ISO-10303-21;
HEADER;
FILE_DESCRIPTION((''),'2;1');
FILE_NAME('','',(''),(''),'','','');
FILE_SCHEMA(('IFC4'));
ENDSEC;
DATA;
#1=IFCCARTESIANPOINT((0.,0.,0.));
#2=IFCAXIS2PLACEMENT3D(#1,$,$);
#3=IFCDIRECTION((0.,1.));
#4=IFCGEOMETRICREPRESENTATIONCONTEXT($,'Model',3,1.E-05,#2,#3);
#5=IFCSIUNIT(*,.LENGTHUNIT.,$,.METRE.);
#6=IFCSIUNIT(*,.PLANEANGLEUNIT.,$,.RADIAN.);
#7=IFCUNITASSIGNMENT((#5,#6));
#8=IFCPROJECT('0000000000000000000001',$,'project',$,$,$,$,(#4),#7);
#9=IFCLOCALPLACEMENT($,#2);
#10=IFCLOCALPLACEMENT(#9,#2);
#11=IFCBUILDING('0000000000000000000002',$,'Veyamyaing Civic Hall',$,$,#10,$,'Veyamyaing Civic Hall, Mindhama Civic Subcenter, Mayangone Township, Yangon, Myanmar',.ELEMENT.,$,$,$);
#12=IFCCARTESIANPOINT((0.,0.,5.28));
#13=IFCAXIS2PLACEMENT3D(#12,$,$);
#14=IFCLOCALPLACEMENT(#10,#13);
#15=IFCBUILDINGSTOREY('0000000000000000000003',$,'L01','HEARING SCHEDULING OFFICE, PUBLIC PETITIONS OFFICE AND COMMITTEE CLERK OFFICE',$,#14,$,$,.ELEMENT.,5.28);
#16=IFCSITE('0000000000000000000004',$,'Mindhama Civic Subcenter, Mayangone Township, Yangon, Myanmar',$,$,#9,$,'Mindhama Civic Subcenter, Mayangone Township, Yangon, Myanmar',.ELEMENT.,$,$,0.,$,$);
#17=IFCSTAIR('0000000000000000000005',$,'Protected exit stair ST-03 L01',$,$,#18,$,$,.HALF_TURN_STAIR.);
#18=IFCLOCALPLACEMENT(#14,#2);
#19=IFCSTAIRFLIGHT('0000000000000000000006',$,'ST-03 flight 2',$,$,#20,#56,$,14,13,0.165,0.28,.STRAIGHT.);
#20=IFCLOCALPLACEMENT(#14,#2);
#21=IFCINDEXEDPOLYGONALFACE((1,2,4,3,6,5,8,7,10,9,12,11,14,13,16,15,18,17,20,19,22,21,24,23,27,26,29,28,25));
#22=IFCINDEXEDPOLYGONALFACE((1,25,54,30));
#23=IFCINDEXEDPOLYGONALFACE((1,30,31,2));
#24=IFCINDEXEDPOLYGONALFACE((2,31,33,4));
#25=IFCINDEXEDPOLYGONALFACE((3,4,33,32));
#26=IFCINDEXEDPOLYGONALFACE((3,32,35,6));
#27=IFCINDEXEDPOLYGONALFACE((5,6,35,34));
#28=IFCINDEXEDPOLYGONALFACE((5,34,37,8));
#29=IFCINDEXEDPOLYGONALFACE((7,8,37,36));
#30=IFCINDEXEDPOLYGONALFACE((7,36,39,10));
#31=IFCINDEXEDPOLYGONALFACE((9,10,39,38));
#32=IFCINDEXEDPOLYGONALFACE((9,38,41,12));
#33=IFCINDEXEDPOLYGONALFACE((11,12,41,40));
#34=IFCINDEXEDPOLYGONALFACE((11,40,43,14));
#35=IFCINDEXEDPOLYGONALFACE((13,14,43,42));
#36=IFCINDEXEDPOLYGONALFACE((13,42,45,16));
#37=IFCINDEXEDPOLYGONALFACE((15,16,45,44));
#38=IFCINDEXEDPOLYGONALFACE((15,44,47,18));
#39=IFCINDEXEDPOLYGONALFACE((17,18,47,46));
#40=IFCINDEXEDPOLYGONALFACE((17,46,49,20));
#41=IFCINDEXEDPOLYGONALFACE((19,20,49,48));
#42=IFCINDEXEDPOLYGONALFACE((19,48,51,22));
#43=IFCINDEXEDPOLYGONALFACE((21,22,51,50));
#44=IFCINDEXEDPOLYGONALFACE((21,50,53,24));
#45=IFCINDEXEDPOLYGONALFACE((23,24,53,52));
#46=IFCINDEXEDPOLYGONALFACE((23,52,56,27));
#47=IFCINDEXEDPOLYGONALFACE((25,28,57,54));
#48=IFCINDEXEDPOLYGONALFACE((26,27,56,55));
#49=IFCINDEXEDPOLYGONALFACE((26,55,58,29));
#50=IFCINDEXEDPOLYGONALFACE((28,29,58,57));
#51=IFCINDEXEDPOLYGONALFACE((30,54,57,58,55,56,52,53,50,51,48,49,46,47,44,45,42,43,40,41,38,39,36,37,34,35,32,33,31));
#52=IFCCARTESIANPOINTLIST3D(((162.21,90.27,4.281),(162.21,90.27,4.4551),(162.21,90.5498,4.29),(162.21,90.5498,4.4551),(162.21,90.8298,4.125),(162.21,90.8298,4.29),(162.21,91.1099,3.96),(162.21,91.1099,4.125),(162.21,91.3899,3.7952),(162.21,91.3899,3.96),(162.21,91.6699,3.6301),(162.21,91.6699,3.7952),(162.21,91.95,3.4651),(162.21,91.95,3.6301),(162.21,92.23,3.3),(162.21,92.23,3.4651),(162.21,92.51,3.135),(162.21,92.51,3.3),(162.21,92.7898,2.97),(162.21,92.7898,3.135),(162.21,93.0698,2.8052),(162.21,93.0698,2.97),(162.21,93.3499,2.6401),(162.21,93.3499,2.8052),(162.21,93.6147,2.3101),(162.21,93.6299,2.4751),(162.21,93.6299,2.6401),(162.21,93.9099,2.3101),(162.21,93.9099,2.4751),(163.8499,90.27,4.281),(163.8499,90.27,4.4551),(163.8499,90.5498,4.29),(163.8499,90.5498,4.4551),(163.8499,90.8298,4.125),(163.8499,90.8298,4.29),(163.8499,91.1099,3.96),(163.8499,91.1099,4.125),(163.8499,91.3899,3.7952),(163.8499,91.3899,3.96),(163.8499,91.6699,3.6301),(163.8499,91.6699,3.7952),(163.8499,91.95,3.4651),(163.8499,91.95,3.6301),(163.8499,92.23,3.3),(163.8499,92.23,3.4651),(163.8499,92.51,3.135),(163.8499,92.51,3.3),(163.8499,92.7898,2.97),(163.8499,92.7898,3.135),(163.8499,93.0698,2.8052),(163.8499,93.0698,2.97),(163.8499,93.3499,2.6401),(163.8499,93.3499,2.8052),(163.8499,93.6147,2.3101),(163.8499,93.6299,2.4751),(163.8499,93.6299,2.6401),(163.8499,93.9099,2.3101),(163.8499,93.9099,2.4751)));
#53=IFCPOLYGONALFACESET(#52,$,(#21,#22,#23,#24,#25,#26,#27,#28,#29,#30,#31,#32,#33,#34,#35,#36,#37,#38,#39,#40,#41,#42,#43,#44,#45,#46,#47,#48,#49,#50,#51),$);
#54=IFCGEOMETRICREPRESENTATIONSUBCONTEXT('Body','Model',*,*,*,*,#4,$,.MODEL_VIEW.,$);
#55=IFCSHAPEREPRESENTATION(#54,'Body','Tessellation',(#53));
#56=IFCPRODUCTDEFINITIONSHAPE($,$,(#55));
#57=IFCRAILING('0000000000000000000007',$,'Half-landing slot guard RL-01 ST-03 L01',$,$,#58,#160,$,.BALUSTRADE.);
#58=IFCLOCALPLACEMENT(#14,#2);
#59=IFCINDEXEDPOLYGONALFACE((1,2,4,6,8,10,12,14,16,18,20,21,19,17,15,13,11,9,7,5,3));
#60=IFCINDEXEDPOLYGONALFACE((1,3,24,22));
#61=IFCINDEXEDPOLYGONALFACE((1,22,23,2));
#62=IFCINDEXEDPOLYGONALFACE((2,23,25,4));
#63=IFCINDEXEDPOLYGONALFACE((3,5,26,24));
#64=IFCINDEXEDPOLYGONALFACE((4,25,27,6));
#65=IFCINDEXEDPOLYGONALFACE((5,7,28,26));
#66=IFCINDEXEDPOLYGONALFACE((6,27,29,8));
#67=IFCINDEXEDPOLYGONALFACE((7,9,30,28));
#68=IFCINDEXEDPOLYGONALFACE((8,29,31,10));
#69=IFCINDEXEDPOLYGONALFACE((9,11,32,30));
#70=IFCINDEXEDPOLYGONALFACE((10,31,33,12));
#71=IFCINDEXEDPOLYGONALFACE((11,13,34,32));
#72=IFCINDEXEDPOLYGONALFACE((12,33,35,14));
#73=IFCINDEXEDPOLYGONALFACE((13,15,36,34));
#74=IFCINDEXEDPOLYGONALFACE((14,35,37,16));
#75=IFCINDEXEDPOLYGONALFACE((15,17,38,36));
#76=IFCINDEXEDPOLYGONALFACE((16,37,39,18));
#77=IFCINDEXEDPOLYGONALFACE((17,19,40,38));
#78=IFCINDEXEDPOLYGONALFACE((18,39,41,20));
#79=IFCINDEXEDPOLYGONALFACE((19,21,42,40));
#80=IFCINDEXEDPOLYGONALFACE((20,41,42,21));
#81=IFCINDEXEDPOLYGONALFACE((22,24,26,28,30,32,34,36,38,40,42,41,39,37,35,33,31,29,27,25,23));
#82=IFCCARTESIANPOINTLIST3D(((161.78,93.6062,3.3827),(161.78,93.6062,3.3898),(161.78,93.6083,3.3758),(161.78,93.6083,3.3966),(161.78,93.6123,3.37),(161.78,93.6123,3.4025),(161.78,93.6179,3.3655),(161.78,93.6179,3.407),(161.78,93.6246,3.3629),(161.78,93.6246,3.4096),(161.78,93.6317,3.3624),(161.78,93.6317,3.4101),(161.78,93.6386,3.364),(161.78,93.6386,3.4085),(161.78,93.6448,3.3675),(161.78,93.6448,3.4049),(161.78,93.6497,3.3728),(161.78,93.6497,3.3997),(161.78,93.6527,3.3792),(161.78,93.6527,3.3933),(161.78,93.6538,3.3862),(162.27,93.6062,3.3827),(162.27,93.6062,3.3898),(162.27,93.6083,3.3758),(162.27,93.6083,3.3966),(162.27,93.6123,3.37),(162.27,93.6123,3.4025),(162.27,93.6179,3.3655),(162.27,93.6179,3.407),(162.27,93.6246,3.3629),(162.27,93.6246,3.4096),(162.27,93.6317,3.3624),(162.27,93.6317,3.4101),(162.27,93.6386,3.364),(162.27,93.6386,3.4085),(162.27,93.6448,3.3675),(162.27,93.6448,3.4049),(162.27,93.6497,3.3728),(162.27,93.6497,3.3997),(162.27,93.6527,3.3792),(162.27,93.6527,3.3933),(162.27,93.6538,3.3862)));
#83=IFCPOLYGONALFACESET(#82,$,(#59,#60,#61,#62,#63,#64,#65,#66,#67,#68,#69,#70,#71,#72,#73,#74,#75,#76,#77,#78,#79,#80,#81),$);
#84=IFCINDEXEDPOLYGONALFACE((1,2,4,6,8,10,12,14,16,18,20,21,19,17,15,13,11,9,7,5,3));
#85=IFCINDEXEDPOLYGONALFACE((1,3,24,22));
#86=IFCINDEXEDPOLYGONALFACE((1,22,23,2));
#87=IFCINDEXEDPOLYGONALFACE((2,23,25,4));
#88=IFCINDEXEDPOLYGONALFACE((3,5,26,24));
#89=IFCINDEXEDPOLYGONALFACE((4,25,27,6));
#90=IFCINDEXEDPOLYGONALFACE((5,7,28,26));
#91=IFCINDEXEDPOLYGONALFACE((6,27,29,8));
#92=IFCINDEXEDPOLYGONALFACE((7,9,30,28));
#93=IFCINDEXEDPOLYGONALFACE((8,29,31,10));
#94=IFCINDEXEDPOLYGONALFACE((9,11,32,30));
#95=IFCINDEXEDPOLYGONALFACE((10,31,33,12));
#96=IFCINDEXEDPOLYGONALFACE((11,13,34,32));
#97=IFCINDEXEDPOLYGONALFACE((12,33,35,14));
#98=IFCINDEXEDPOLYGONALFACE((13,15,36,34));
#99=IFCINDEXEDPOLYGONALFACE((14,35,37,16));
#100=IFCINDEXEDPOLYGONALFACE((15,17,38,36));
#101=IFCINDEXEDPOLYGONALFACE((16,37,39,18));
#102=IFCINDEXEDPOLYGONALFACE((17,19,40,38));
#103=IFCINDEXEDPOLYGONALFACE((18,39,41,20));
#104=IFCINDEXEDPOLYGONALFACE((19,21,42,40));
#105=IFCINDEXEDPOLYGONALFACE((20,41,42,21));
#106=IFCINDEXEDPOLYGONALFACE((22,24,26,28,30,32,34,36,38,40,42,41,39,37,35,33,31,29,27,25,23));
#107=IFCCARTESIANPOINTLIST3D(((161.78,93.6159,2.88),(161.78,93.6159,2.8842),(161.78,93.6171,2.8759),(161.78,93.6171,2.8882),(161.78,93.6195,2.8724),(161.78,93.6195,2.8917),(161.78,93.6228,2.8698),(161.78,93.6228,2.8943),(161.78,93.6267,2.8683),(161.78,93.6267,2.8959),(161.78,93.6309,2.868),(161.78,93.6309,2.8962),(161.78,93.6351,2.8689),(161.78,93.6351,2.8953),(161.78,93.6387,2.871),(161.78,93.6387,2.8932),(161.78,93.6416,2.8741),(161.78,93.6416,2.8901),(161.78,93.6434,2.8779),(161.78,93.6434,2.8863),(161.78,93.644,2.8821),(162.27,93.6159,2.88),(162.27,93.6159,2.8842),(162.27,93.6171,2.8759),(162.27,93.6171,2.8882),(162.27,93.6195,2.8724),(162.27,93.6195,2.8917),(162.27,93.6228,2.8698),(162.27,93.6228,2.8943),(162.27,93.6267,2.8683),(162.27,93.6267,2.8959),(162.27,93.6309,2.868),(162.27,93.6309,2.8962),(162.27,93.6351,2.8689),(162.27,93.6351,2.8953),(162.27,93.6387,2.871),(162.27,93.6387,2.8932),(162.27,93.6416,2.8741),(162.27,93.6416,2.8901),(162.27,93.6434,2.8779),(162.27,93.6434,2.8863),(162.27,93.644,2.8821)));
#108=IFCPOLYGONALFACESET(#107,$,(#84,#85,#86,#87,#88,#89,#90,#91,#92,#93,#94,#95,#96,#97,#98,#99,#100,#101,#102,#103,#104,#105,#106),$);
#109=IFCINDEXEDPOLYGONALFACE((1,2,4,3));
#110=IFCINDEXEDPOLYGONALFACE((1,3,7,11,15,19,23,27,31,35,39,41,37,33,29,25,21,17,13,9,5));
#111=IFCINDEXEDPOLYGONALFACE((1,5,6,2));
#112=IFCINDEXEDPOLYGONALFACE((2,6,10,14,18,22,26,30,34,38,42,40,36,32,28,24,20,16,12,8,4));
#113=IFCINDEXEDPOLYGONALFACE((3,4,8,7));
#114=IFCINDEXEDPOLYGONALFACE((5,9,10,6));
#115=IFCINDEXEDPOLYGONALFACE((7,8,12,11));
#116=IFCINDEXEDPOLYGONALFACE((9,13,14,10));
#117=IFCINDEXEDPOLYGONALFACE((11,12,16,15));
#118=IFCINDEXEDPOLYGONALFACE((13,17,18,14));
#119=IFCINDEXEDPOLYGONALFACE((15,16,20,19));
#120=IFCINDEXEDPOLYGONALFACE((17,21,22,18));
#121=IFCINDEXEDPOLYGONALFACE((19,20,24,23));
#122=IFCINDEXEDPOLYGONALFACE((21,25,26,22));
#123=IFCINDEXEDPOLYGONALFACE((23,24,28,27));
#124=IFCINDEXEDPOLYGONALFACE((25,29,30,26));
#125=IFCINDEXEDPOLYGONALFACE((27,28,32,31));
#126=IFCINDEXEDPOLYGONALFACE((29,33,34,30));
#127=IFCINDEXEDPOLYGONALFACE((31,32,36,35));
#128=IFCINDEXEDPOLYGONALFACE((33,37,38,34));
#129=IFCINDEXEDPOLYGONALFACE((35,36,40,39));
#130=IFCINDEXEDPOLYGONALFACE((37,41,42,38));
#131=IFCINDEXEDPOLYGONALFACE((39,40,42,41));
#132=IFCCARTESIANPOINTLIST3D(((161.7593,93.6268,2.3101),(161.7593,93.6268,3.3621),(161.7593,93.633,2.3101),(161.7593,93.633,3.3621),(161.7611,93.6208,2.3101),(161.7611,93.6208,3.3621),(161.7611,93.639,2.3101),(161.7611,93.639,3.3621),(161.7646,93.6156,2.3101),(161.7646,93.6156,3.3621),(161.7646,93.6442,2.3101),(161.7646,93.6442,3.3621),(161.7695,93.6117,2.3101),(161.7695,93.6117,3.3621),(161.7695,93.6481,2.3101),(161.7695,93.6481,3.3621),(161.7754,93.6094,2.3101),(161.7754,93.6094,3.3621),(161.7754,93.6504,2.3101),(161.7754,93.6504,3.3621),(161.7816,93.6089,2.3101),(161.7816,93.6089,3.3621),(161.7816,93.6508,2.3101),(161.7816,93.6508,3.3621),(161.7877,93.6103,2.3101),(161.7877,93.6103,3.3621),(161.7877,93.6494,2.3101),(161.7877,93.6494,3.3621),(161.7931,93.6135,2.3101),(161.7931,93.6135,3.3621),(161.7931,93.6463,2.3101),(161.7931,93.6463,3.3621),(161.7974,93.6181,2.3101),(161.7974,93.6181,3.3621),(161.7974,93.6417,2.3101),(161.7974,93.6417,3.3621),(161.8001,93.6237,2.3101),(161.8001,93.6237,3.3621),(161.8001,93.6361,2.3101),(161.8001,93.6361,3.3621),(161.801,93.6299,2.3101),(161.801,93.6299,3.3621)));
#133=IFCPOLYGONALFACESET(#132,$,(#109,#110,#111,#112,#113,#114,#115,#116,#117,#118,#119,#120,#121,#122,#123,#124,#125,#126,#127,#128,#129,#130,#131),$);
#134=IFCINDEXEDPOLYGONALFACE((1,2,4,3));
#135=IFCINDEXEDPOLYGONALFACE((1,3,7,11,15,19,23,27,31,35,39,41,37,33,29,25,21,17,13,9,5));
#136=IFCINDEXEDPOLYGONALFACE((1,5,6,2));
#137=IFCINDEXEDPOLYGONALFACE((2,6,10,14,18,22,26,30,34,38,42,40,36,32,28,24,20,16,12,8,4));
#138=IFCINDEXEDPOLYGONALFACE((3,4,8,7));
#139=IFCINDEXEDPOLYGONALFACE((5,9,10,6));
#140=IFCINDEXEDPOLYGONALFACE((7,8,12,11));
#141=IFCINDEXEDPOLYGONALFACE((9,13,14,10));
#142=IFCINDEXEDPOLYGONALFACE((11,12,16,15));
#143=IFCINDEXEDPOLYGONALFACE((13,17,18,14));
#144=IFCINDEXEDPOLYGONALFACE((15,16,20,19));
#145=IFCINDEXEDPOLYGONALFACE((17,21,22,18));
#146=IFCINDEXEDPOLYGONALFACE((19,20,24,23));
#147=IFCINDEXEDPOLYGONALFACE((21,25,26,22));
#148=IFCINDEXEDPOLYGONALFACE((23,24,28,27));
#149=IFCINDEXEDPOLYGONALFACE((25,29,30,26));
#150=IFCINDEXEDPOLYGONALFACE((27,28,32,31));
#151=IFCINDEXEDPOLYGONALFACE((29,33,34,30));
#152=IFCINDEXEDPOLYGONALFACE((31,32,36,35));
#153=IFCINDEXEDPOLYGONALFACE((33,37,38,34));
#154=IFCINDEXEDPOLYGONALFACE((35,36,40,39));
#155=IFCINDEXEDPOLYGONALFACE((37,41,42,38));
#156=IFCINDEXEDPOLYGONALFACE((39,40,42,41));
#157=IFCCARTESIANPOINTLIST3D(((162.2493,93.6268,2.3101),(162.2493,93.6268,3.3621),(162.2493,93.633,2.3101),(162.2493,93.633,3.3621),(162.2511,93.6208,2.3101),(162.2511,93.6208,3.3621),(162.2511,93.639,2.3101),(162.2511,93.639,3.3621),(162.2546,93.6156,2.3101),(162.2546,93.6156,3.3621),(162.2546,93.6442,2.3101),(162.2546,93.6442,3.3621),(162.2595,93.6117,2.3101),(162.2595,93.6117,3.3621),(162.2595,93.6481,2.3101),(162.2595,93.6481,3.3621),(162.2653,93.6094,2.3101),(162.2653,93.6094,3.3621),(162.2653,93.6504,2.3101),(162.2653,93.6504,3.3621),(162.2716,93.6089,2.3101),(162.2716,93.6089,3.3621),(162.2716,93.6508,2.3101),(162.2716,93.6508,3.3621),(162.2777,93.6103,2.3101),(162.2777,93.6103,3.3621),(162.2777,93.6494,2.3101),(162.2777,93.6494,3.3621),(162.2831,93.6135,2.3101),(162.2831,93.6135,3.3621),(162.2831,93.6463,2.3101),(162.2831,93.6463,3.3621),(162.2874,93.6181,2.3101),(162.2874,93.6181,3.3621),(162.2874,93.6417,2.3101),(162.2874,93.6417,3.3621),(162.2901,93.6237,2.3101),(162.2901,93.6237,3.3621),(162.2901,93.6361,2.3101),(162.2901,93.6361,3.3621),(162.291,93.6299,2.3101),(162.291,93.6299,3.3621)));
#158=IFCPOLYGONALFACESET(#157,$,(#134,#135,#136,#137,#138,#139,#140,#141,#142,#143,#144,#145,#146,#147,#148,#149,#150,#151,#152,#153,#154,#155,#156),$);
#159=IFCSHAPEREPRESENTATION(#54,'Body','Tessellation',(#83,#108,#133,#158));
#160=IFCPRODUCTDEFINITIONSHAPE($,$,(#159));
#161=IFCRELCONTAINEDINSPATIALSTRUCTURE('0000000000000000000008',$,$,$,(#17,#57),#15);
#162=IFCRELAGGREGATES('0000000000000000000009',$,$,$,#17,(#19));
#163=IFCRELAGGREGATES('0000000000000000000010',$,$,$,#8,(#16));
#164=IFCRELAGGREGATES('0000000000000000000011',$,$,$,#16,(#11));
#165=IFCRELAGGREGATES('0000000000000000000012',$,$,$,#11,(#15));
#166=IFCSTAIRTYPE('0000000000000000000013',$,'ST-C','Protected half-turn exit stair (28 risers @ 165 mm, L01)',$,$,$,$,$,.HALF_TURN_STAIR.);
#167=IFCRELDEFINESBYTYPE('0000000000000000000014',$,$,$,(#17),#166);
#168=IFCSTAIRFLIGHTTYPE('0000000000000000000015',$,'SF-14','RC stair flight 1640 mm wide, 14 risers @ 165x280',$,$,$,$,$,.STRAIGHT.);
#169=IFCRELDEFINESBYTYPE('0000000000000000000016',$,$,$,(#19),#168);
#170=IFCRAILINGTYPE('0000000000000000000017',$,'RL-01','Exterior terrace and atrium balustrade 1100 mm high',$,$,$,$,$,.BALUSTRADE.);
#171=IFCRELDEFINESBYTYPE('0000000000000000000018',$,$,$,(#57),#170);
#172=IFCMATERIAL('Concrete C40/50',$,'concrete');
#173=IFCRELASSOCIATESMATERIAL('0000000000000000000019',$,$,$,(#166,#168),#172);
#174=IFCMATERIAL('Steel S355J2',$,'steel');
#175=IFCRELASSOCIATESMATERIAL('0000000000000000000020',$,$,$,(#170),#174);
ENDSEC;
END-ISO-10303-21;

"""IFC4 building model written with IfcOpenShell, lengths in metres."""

from ifc_helpers import new_model, si_unit, direction, frame, origin, origin_2d, place, context, subcontext, project, spatial, polyline, circle, outline, extrude, material, type_object, element, aggregate, save


model = new_model("IFC4")

# Units and contexts
model_context = context("Model", 3, precision=1e-05, world=origin(), true_north=direction((0.0, 1.0)))
body_context = subcontext(model_context, "Body", "Model", "MODEL_VIEW")
ifc_project = project(units=[si_unit("LENGTHUNIT", "METRE"), si_unit("PLANEANGLEUNIT", "RADIAN")], contexts=[model_context])

# Site, building, storey
site_placement = place(None, origin())
site = spatial("IfcSite", under=ifc_project, at=site_placement, Name="Mindhama Civic Subcenter, Mayangone Township, Yangon, Myanmar", LongName="Mindhama Civic Subcenter, Mayangone Township, Yangon, Myanmar", CompositionType="ELEMENT", RefElevation=0.0)
building_placement = place(site_placement, origin())
building = spatial("IfcBuilding", under=site, at=building_placement, Name="Veyamyaing Civic Hall", LongName="Veyamyaing Civic Hall, Mindhama Civic Subcenter, Mayangone Township, Yangon, Myanmar", CompositionType="ELEMENT")
storey_placement = place(building_placement, frame((0.0, 0.0, 5.28)))
storey = spatial("IfcBuildingStorey", under=building, at=storey_placement, Name="L01", Description="HEARING SCHEDULING OFFICE, PUBLIC PETITIONS OFFICE AND COMMITTEE CLERK OFFICE", CompositionType="ELEMENT", Elevation=5.28)

# Shared definitions
ifc_material_1 = material(Name="Concrete C40/50", Category="concrete")

# Stair, stair flight
stair_type = type_object("IfcStairType", Name="ST-C", Description="Protected half-turn exit stair (28 risers @ 165 mm, L01)", PredefinedType="HALF_TURN_STAIR", material=ifc_material_1)
stair_placement = place(storey_placement, origin())
stair = element("IfcStair", 1, at=stair_placement, inside=storey, type_object=stair_type, Name="Protected exit stair ST-03 L01", PredefinedType="HALF_TURN_STAIR")
stair_flight_type = type_object("IfcStairFlightType", Name="SF-14", Description="RC stair flight 1640 mm wide, 14 risers @ 165x280", PredefinedType="STRAIGHT", material=ifc_material_1)
stair_flight_1_placement = place(storey_placement, frame((163.03, 93.9099, 2.3101), z_axis=(0.0, 0.0, 1.0), x_axis=(0.0, -1.0, 0.0)))
stair_flight_1 = element("IfcStairFlight", 2, at=stair_flight_1_placement, type_object=stair_flight_type, Name="ST-03 flight 2", NumberOfRisers=14, NumberOfTreads=13, PredefinedType="STRAIGHT", RiserHeight=0.165, TreadLength=0.28, context=body_context, shape_type="SweptSolid", body=[
    extrude(outline(polyline([(0.0, 0.0), (0.0, 0.165), (0.28, 0.165), (0.28, 0.3301), (0.5601, 0.3301), (0.5601, 0.4951), (0.8401, 0.4951), (0.8401, 0.6599), (1.1201, 0.6599), (1.1201, 0.825), (1.3999, 0.825), (1.3999, 0.99), (1.6799, 0.99), (1.6799, 1.155), (1.96, 1.155), (1.96, 1.3201), (2.24, 1.3201), (2.24, 1.4851), (2.52, 1.4851), (2.52, 1.6499), (2.8, 1.6499), (2.8, 1.8149), (3.0801, 1.8149), (3.0801, 1.98), (3.3601, 1.98), (3.3601, 2.145), (3.6399, 2.145), (3.6399, 2.3101), (3.6399, 1.9709), (0.2952, 0.0), (0.0, 0.0)])), frame((0.0, 0.8198, 0.0), z_axis=(0.0, -1.0, 0.0), x_axis=(1.0, 0.0, 0.0)), (0.0, 0.0, 1.0), 1.6399),
])
aggregate(stair, [stair_flight_1])

# Railing
ifc_material_2 = material(Name="Steel S355J2", Category="steel")
railing_type_1 = type_object("IfcRailingType", Name="RL-01", Description="Exterior terrace and atrium balustrade 1100 mm high", PredefinedType="BALUSTRADE", material=ifc_material_2)
railing_1_placement = place(storey_placement, frame((161.78, 93.6299, 2.3101)))
element("IfcRailing", 3, at=railing_1_placement, inside=storey, type_object=railing_type_1, Name="Half-landing slot guard RL-01 ST-03 L01", PredefinedType="BALUSTRADE", context=body_context, shape_type="SweptSolid", body=[
    extrude(circle(Radius=0.0239, at=origin_2d()), frame((0.0, 0.0, 1.0762), z_axis=(1.0, 0.0, 0.0), x_axis=(0.0, 1.0, 0.0)), (0.0, 0.0, 1.0), 0.49),
    extrude(circle(Radius=0.0142, at=origin_2d()), frame((0.0, 0.0, 0.572), z_axis=(1.0, 0.0, 0.0), x_axis=(0.0, 1.0, 0.0)), (0.0, 0.0, 1.0), 0.49),
    extrude(circle(Radius=0.021, at=origin_2d()), origin(), (0.0, 0.0, 1.0), 1.052),
    extrude(circle(Radius=0.021, at=origin_2d()), frame((0.49, 0.0, 0.0)), (0.0, 0.0, 1.0), 1.052),
])

save(model, "model.ifc")
